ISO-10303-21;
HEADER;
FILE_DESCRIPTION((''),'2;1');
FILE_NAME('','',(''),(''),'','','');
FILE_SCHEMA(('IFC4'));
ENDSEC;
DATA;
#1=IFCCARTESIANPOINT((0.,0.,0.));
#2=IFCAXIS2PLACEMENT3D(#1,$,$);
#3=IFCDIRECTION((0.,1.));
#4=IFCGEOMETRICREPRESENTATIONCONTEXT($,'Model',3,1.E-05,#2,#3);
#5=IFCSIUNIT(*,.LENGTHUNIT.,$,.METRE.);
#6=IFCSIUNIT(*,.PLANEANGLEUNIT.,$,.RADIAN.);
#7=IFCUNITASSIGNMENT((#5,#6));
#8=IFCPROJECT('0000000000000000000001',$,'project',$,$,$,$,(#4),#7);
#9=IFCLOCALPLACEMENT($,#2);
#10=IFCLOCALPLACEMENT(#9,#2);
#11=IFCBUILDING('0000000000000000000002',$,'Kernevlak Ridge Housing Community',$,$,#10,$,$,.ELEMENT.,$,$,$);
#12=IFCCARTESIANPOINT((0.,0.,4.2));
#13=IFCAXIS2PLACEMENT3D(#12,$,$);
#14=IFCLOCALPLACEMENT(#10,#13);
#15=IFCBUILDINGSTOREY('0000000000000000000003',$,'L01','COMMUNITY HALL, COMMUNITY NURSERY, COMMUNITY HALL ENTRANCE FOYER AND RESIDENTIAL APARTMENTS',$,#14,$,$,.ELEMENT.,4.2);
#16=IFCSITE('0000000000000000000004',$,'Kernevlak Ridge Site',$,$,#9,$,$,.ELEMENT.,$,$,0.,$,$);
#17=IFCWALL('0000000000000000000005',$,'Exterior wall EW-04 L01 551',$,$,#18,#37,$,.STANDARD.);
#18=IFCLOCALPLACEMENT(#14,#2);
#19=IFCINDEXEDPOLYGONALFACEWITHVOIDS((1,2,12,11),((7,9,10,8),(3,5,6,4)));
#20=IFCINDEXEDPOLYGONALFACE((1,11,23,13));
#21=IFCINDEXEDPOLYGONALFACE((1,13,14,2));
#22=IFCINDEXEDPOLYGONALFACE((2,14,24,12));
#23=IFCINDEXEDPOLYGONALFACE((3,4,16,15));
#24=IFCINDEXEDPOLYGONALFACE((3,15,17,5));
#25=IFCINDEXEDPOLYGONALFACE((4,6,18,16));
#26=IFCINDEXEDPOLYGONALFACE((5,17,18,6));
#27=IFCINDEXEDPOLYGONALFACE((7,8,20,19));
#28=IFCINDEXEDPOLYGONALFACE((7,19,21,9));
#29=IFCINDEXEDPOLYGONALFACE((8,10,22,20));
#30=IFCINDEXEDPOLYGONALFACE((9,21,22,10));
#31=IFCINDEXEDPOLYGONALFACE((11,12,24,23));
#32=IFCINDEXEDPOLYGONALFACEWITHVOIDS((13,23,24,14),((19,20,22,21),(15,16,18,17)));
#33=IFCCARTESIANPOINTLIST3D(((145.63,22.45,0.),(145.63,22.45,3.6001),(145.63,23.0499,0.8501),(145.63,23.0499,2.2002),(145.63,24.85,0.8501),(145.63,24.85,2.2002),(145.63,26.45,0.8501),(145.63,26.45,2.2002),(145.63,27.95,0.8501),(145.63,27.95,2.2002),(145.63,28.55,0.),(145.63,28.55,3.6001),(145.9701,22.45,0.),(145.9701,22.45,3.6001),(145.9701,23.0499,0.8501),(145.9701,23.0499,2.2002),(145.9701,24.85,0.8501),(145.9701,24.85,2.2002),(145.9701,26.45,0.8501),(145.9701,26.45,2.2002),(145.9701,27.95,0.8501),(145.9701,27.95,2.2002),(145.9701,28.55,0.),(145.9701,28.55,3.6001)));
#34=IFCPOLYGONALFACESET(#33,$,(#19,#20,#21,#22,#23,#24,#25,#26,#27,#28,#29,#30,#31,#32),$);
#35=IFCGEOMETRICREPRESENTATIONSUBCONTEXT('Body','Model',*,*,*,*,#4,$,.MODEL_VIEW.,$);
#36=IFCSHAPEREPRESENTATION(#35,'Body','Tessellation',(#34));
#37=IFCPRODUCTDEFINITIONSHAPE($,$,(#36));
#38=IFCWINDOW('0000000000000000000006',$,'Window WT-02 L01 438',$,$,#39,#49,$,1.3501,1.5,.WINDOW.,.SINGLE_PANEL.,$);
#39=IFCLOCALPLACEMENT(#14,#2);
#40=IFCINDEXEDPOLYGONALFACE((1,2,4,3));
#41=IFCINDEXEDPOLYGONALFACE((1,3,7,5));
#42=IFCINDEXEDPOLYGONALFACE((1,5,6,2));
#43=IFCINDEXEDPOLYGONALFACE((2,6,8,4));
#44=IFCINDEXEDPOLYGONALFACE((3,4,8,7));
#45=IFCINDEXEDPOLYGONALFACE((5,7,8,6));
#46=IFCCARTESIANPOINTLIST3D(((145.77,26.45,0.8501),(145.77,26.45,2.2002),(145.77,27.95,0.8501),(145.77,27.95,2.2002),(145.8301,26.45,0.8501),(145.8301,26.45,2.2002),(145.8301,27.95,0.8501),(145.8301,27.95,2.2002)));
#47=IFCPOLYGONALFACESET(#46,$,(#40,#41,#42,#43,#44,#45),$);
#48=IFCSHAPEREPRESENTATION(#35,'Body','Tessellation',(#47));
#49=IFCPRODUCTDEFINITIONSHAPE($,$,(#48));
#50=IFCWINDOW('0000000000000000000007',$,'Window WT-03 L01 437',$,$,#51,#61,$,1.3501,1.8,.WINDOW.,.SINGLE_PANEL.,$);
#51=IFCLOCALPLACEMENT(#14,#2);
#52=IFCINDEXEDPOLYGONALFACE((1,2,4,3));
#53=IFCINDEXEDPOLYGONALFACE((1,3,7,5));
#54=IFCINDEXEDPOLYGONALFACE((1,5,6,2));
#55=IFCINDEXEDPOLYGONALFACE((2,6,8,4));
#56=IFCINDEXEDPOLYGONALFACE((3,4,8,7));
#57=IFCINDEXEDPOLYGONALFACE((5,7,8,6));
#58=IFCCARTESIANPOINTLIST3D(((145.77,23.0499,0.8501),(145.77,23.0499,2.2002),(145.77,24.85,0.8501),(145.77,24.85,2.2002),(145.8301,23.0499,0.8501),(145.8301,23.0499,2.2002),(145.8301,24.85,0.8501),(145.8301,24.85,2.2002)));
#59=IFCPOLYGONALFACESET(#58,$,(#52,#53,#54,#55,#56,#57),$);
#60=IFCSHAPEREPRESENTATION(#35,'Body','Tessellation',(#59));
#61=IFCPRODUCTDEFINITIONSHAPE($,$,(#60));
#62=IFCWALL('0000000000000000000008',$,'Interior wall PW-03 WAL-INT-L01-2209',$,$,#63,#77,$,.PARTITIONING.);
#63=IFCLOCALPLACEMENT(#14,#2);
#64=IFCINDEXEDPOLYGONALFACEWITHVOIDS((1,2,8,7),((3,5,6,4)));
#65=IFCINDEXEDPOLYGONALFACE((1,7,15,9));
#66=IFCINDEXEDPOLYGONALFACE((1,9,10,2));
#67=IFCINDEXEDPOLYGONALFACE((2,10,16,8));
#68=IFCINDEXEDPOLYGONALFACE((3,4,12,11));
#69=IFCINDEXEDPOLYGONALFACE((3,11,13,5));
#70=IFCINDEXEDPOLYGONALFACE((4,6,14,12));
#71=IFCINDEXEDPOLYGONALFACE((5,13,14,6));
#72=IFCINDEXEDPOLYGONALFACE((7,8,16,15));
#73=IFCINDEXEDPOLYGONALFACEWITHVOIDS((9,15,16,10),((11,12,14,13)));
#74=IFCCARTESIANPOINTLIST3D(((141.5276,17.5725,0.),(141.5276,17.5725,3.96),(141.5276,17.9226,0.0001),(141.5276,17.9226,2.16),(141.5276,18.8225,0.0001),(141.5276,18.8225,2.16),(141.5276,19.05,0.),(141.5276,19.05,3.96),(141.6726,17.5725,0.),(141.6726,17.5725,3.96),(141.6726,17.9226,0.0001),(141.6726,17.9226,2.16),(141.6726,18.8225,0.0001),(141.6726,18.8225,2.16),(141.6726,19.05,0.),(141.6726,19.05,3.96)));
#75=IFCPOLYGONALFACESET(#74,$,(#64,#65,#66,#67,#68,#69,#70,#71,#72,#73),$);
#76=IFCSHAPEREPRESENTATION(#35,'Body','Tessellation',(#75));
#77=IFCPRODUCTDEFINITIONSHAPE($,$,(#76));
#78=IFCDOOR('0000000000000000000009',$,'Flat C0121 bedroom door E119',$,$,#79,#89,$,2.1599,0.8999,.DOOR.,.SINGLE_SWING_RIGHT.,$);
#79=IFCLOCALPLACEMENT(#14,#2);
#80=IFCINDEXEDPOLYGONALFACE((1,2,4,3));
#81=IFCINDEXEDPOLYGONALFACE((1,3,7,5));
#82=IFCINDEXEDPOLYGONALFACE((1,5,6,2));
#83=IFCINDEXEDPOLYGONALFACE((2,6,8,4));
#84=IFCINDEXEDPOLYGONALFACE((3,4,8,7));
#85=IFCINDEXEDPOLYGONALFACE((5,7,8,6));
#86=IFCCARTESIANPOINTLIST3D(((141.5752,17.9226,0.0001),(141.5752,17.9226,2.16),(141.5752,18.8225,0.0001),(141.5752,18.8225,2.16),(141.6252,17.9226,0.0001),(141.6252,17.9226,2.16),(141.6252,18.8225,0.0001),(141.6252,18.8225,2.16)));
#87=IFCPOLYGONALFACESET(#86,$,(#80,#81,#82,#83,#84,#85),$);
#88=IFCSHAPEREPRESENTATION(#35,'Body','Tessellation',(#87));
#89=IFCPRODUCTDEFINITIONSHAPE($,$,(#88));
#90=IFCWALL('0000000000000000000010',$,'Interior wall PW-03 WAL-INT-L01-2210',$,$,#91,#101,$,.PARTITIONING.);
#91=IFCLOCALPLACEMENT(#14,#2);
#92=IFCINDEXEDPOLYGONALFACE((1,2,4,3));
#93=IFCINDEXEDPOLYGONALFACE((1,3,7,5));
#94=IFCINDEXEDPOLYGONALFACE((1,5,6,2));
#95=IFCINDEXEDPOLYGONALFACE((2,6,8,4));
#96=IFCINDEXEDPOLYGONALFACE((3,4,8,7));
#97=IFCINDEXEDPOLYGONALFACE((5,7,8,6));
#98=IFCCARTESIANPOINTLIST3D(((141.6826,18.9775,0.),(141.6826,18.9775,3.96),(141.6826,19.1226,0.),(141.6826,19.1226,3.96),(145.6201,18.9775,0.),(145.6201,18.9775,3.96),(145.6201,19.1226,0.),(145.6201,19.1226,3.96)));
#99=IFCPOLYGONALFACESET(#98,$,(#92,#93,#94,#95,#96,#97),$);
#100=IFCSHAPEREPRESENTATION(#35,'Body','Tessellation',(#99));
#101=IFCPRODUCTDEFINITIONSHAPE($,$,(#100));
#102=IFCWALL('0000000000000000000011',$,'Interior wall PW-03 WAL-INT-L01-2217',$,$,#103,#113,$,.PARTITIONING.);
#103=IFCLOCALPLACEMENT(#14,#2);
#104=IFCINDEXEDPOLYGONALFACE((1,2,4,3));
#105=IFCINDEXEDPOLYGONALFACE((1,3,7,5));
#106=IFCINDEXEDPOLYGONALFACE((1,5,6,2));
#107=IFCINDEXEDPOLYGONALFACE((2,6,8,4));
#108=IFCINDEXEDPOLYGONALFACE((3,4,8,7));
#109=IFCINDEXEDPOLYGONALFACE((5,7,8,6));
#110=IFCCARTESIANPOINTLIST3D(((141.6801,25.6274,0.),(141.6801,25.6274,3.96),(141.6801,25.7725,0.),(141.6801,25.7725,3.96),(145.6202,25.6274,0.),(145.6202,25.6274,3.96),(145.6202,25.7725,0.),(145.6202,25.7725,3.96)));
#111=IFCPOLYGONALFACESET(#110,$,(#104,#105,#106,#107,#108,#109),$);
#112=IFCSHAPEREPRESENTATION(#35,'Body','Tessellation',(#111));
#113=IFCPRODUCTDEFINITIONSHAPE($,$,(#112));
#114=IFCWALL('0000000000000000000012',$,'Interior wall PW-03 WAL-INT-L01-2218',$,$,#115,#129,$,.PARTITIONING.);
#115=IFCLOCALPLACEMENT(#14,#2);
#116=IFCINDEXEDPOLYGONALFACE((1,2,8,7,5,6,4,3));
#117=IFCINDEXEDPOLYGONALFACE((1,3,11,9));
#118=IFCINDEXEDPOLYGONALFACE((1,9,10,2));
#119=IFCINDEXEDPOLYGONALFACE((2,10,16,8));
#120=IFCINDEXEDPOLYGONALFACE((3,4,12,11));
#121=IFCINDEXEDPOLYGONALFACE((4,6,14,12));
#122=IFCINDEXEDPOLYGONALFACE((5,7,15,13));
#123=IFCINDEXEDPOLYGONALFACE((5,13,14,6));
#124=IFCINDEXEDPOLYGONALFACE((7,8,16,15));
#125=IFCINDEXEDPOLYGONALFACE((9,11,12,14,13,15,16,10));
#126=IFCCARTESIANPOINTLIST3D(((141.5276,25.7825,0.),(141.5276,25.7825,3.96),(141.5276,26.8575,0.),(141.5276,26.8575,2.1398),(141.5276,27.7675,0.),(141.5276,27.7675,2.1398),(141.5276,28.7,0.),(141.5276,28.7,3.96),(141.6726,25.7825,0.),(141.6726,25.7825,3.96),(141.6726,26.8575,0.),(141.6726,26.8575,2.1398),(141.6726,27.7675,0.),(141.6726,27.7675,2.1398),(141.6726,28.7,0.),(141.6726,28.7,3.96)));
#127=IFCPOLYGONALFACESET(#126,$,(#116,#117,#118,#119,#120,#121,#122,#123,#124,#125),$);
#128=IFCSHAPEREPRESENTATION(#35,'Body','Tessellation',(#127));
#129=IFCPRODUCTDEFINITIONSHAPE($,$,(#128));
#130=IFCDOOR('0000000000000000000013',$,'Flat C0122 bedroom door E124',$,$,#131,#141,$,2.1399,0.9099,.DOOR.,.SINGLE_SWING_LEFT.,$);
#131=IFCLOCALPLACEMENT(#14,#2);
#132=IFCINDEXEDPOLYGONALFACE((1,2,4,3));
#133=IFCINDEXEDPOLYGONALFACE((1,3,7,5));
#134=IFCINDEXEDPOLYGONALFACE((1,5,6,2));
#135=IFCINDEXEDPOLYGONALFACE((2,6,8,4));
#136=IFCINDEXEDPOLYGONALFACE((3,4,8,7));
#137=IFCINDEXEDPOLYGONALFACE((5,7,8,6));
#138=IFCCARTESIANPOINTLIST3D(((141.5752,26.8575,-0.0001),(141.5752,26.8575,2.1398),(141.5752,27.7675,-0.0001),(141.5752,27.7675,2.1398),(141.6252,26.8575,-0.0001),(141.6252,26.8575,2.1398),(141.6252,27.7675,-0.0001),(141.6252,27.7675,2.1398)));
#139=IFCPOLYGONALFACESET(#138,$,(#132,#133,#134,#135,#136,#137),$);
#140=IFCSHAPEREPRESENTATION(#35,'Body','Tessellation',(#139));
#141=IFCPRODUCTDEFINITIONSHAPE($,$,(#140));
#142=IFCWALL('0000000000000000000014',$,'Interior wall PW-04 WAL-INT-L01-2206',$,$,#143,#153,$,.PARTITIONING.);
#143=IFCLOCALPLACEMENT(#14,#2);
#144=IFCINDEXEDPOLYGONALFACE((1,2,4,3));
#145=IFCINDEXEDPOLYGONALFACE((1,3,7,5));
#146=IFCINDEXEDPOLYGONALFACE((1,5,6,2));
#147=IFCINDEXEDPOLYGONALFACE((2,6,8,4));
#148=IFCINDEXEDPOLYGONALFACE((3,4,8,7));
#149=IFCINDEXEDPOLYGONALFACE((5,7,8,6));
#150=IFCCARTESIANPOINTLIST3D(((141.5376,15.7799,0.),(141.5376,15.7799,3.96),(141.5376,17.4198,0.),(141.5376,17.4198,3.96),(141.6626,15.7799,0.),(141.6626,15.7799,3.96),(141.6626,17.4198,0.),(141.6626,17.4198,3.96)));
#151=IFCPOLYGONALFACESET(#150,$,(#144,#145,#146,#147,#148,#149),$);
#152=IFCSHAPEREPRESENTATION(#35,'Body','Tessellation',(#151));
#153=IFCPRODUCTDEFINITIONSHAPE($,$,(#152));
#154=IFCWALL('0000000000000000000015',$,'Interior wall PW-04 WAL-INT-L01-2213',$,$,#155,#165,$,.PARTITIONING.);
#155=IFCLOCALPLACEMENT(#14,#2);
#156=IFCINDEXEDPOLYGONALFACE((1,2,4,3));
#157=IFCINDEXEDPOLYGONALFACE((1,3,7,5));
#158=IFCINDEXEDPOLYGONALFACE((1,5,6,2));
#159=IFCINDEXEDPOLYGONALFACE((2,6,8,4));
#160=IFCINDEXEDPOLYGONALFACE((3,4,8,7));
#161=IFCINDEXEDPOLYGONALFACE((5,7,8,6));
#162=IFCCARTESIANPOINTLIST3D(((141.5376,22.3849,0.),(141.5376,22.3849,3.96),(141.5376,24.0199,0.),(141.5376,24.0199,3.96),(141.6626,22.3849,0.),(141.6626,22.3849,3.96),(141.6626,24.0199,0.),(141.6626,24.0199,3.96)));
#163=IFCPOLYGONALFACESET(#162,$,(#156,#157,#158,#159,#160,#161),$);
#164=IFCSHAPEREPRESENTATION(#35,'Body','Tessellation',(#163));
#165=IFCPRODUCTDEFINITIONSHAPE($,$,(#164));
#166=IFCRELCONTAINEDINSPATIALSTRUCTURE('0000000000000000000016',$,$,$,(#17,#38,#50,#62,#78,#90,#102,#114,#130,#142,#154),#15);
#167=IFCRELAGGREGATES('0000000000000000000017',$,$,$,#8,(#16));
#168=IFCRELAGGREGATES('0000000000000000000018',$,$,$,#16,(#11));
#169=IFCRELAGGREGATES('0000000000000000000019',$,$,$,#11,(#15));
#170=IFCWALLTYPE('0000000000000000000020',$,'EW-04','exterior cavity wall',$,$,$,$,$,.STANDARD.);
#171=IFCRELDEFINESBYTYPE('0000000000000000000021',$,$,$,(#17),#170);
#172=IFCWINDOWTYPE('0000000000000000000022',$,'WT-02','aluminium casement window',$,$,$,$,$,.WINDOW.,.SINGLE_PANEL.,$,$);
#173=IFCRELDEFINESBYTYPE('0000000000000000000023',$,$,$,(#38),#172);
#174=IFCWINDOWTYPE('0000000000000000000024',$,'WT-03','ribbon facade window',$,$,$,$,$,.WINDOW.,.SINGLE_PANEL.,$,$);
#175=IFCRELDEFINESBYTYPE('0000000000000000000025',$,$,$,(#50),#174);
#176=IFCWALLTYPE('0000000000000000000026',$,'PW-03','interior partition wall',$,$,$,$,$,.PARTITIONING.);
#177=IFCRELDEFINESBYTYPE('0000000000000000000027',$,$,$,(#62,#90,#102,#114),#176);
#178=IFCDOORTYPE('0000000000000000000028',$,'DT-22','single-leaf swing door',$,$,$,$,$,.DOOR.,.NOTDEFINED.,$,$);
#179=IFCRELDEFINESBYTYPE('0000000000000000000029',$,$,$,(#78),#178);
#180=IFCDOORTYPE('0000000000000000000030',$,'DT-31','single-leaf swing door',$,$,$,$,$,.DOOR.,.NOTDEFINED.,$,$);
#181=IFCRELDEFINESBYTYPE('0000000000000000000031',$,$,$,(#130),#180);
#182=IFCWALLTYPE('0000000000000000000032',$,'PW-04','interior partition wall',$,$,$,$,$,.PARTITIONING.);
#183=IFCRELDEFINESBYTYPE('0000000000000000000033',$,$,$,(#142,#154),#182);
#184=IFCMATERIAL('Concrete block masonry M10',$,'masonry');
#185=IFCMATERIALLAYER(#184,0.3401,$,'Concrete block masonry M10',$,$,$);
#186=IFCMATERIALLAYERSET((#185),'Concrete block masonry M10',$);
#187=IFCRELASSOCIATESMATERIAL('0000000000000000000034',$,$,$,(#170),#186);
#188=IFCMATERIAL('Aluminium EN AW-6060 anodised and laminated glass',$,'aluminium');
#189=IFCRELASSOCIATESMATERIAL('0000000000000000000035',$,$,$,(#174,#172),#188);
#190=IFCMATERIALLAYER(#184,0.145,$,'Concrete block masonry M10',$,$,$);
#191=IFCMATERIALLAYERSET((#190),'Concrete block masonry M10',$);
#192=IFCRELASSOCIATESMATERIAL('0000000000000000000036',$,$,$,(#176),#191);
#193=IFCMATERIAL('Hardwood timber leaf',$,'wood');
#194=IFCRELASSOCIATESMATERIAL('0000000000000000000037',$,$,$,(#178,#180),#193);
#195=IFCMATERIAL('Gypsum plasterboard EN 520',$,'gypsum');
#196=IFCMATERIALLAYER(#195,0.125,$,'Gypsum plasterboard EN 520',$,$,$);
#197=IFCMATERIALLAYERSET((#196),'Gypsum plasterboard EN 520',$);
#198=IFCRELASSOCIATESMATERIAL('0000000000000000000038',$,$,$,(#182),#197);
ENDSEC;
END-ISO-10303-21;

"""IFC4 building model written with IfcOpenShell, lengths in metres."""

from ifc_helpers import new_model, si_unit, direction, frame, frame_2d, origin, place, context, subcontext, project, spatial, rectangle, extrude, material, layer, layer_set, type_object, element, fill, save


model = new_model("IFC4")

# Units and contexts
model_context = context("Model", 3, precision=1e-05, world=origin(), true_north=direction((0.0, 1.0)))
body_context = subcontext(model_context, "Body", "Model", "MODEL_VIEW")
ifc_project = project(units=[si_unit("LENGTHUNIT", "METRE"), si_unit("PLANEANGLEUNIT", "RADIAN")], contexts=[model_context])

# Site, building, storey
site_placement = place(None, origin())
site = spatial("IfcSite", under=ifc_project, at=site_placement, Name="Kernevlak Ridge Site", CompositionType="ELEMENT", RefElevation=0.0)
building_placement = place(site_placement, origin())
building = spatial("IfcBuilding", under=site, at=building_placement, Name="Kernevlak Ridge Housing Community", CompositionType="ELEMENT")
storey_placement = place(building_placement, frame((0.0, 0.0, 4.2)))
storey = spatial("IfcBuildingStorey", under=building, at=storey_placement, Name="L01", Description="COMMUNITY HALL, COMMUNITY NURSERY, COMMUNITY HALL ENTRANCE FOYER AND RESIDENTIAL APARTMENTS", CompositionType="ELEMENT", Elevation=4.2)

# Wall, openings, windows
ifc_material_1 = material(Name="Concrete block masonry M10", Category="masonry")
ifc_layer_1 = layer(ifc_material_1, 0.3401, Name="Concrete block masonry M10")
ifc_layer_set_1 = layer_set([ifc_layer_1], Name="Concrete block masonry M10")
wall_type_1 = type_object("IfcWallType", Name="EW-04", Description="exterior cavity wall", PredefinedType="STANDARD", material=ifc_layer_set_1)
ifc_material_2 = material(Name="Aluminium EN AW-6060 anodised and laminated glass", Category="aluminium")
window_type_1 = type_object("IfcWindowType", Name="WT-03", Description="ribbon facade window", PartitioningType="SINGLE_PANEL", PredefinedType="WINDOW", material=ifc_material_2)
wall_1_placement = place(storey_placement, frame((145.8, 22.45, 0.0), z_axis=(0.0, 0.0, 1.0), x_axis=(0.0, 1.0, 0.0)))
wall_1 = element("IfcWall", 1, at=wall_1_placement, inside=storey, type_object=wall_type_1, Name="Exterior wall EW-04 L01 551", PredefinedType="STANDARD", context=body_context, shape_type="SweptSolid", body=[
    extrude(rectangle(XDim=6.1001, YDim=0.3401, at=frame_2d((3.05, 0.0))), origin(), (0.0, 0.0, 1.0), 3.6001),
])
opening_1_placement = place(wall_1_placement, frame((0.6001, 0.0, 0.8501)))
opening_1 = element("IfcOpeningElement", 2, at=opening_1_placement, cuts=wall_1, PredefinedType="OPENING", context=body_context, shape_type="SweptSolid", body=[
    extrude(rectangle(XDim=1.8, YDim=1.3501, at=frame_2d((0.8999, 0.675))), frame((0.0, 0.1799, 0.0), z_axis=(0.0, -1.0, 0.0), x_axis=(1.0, 0.0, 0.0)), (0.0, 0.0, 1.0), 0.3601),
])
opening_2_placement = place(wall_1_placement, frame((4.0, 0.0, 0.8501)))
opening_2 = element("IfcOpeningElement", 3, at=opening_2_placement, cuts=wall_1, PredefinedType="OPENING", context=body_context, shape_type="SweptSolid", body=[
    extrude(rectangle(XDim=1.5, YDim=1.3501, at=frame_2d((0.75, 0.675))), frame((0.0, 0.1799, 0.0), z_axis=(0.0, -1.0, 0.0), x_axis=(1.0, 0.0, 0.0)), (0.0, 0.0, 1.0), 0.3601),
])
window_type_2 = type_object("IfcWindowType", Name="WT-02", Description="aluminium casement window", PartitioningType="SINGLE_PANEL", PredefinedType="WINDOW", material=ifc_material_2)
window_1_placement = place(opening_2_placement, origin())
window_1 = element("IfcWindow", 4, at=window_1_placement, inside=storey, type_object=window_type_2, Name="Window WT-02 L01 438", OverallHeight=1.3501, OverallWidth=1.5, PartitioningType="SINGLE_PANEL", PredefinedType="WINDOW", context=body_context, shape_type="SweptSolid", body=[
    extrude(rectangle(XDim=1.5, YDim=1.3501, at=frame_2d((0.75, 0.675))), frame((0.0, 0.03, 0.0), z_axis=(0.0, -1.0, 0.0), x_axis=(1.0, 0.0, 0.0)), (0.0, 0.0, 1.0), 0.0601),
])
fill(opening_2, window_1)
window_2_placement = place(opening_1_placement, origin())
window_2 = element("IfcWindow", 5, at=window_2_placement, inside=storey, type_object=window_type_1, Name="Window WT-03 L01 437", OverallHeight=1.3501, OverallWidth=1.8, PartitioningType="SINGLE_PANEL", PredefinedType="WINDOW", context=body_context, shape_type="SweptSolid", body=[
    extrude(rectangle(XDim=1.8, YDim=1.3501, at=frame_2d((0.8999, 0.675))), frame((0.0, 0.03, 0.0), z_axis=(0.0, -1.0, 0.0), x_axis=(1.0, 0.0, 0.0)), (0.0, 0.0, 1.0), 0.0601),
])
fill(opening_1, window_2)

# Wall, opening, door
ifc_layer_2 = layer(ifc_material_1, 0.145, Name="Concrete block masonry M10")
ifc_layer_set_2 = layer_set([ifc_layer_2], Name="Concrete block masonry M10")
wall_type_2 = type_object("IfcWallType", Name="PW-03", Description="interior partition wall", PredefinedType="PARTITIONING", material=ifc_layer_set_2)
wall_2_placement = place(storey_placement, frame((141.6001, 17.5725, 0.0), z_axis=(0.0, 0.0, 1.0), x_axis=(0.0, 1.0, 0.0)))
wall_2 = element("IfcWall", 6, at=wall_2_placement, inside=storey, type_object=wall_type_2, Name="Interior wall PW-03 WAL-INT-L01-2209", PredefinedType="PARTITIONING", context=body_context, shape_type="SweptSolid", body=[
    extrude(rectangle(XDim=1.4775, YDim=0.145, at=frame_2d((0.7388, 0.0))), origin(), (0.0, 0.0, 1.0), 3.96),
])
opening_3_placement = place(wall_2_placement, frame((0.3501, 0.0, 0.0)))
opening_3 = element("IfcOpeningElement", 7, at=opening_3_placement, cuts=wall_2, PredefinedType="OPENING", context=body_context, shape_type="SweptSolid", body=[
    extrude(rectangle(XDim=0.8999, YDim=2.1599, at=frame_2d((0.45, 1.0801))), frame((0.0, 0.0825, 0.0), z_axis=(0.0, -1.0, 0.0), x_axis=(1.0, 0.0, 0.0)), (0.0, 0.0, 1.0), 0.165),
])
ifc_material_3 = material(Name="Hardwood timber leaf", Category="wood")
door_type_1 = type_object("IfcDoorType", Name="DT-22", Description="single-leaf swing door", OperationType="NOTDEFINED", PredefinedType="DOOR", material=ifc_material_3)
door_1_placement = place(opening_3_placement, origin())
door_1 = element("IfcDoor", 8, at=door_1_placement, inside=storey, type_object=door_type_1, Name="Flat C0121 bedroom door E119", OperationType="SINGLE_SWING_RIGHT", OverallHeight=2.1599, OverallWidth=0.8999, PredefinedType="DOOR", context=body_context, shape_type="SweptSolid", body=[
    extrude(rectangle(XDim=0.8999, YDim=2.1599, at=frame_2d((0.45, 1.0801))), frame((0.0, 0.0249, 0.0), z_axis=(0.0, -1.0, 0.0), x_axis=(1.0, 0.0, 0.0)), (0.0, 0.0, 1.0), 0.05),
])
fill(opening_3, door_1)

# Walls
wall_3_placement = place(storey_placement, frame((141.6826, 19.05, 0.0), z_axis=(0.0, 0.0, 1.0), x_axis=(1.0, 0.0, 0.0)))
element("IfcWall", 9, at=wall_3_placement, inside=storey, type_object=wall_type_2, Name="Interior wall PW-03 WAL-INT-L01-2210", PredefinedType="PARTITIONING", context=body_context, shape_type="SweptSolid", body=[
    extrude(rectangle(XDim=3.9375, YDim=0.145, at=frame_2d((1.9688, 0.0))), origin(), (0.0, 0.0, 1.0), 3.96),
])
wall_4_placement = place(storey_placement, frame((141.6799, 25.7, 0.0), z_axis=(0.0, 0.0, 1.0), x_axis=(1.0, 0.0, 0.0)))
element("IfcWall", 10, at=wall_4_placement, inside=storey, type_object=wall_type_2, Name="Interior wall PW-03 WAL-INT-L01-2217", PredefinedType="PARTITIONING", context=body_context, shape_type="SweptSolid", body=[
    extrude(rectangle(XDim=3.9402, YDim=0.145, at=frame_2d((1.9702, 0.0))), origin(), (0.0, 0.0, 1.0), 3.96),
])

# Wall, opening, door
wall_5_placement = place(storey_placement, frame((141.6001, 25.7825, 0.0), z_axis=(0.0, 0.0, 1.0), x_axis=(0.0, 1.0, 0.0)))
wall_5 = element("IfcWall", 11, at=wall_5_placement, inside=storey, type_object=wall_type_2, Name="Interior wall PW-03 WAL-INT-L01-2218", PredefinedType="PARTITIONING", context=body_context, shape_type="SweptSolid", body=[
    extrude(rectangle(XDim=2.9175, YDim=0.145, at=frame_2d((1.4587, 0.0))), origin(), (0.0, 0.0, 1.0), 3.96),
])
opening_4_placement = place(wall_5_placement, frame((1.075, 0.0, 0.0)))
opening_4 = element("IfcOpeningElement", 12, at=opening_4_placement, cuts=wall_5, PredefinedType="OPENING", context=body_context, shape_type="SweptSolid", body=[
    extrude(rectangle(XDim=0.9099, YDim=2.1399, at=frame_2d((0.4551, 1.0698))), frame((0.0, 0.0825, 0.0), z_axis=(0.0, -1.0, 0.0), x_axis=(1.0, 0.0, 0.0)), (0.0, 0.0, 1.0), 0.165),
])
door_type_2 = type_object("IfcDoorType", Name="DT-31", Description="single-leaf swing door", OperationType="NOTDEFINED", PredefinedType="DOOR", material=ifc_material_3)
door_2_placement = place(opening_4_placement, origin())
door_2 = element("IfcDoor", 13, at=door_2_placement, inside=storey, type_object=door_type_2, Name="Flat C0122 bedroom door E124", OperationType="SINGLE_SWING_LEFT", OverallHeight=2.1399, OverallWidth=0.9099, PredefinedType="DOOR", context=body_context, shape_type="SweptSolid", body=[
    extrude(rectangle(XDim=0.9099, YDim=2.1399, at=frame_2d((0.4551, 1.0698))), frame((0.0, 0.0249, 0.0), z_axis=(0.0, -1.0, 0.0), x_axis=(1.0, 0.0, 0.0)), (0.0, 0.0, 1.0), 0.05),
])
fill(opening_4, door_2)

# Walls
ifc_material_4 = material(Name="Gypsum plasterboard EN 520", Category="gypsum")
ifc_layer_3 = layer(ifc_material_4, 0.125, Name="Gypsum plasterboard EN 520")
ifc_layer_set_3 = layer_set([ifc_layer_3], Name="Gypsum plasterboard EN 520")
wall_type_3 = type_object("IfcWallType", Name="PW-04", Description="interior partition wall", PredefinedType="PARTITIONING", material=ifc_layer_set_3)
wall_6_placement = place(storey_placement, frame((141.6001, 15.78, 0.0), z_axis=(0.0, 0.0, 1.0), x_axis=(0.0, 1.0, 0.0)))
element("IfcWall", 14, at=wall_6_placement, inside=storey, type_object=wall_type_3, Name="Interior wall PW-04 WAL-INT-L01-2206", PredefinedType="PARTITIONING", context=body_context, shape_type="SweptSolid", body=[
    extrude(rectangle(XDim=1.6399, YDim=0.125, at=frame_2d((0.8198, 0.0))), origin(), (0.0, 0.0, 1.0), 3.96),
])
wall_7_placement = place(storey_placement, frame((141.6001, 22.385, 0.0), z_axis=(0.0, 0.0, 1.0), x_axis=(0.0, 1.0, 0.0)))
element("IfcWall", 15, at=wall_7_placement, inside=storey, type_object=wall_type_3, Name="Interior wall PW-04 WAL-INT-L01-2213", PredefinedType="PARTITIONING", context=body_context, shape_type="SweptSolid", body=[
    extrude(rectangle(XDim=1.635, YDim=0.125, at=frame_2d((0.8174, 0.0))), origin(), (0.0, 0.0, 1.0), 3.96),
])

save(model, "model.ifc")
